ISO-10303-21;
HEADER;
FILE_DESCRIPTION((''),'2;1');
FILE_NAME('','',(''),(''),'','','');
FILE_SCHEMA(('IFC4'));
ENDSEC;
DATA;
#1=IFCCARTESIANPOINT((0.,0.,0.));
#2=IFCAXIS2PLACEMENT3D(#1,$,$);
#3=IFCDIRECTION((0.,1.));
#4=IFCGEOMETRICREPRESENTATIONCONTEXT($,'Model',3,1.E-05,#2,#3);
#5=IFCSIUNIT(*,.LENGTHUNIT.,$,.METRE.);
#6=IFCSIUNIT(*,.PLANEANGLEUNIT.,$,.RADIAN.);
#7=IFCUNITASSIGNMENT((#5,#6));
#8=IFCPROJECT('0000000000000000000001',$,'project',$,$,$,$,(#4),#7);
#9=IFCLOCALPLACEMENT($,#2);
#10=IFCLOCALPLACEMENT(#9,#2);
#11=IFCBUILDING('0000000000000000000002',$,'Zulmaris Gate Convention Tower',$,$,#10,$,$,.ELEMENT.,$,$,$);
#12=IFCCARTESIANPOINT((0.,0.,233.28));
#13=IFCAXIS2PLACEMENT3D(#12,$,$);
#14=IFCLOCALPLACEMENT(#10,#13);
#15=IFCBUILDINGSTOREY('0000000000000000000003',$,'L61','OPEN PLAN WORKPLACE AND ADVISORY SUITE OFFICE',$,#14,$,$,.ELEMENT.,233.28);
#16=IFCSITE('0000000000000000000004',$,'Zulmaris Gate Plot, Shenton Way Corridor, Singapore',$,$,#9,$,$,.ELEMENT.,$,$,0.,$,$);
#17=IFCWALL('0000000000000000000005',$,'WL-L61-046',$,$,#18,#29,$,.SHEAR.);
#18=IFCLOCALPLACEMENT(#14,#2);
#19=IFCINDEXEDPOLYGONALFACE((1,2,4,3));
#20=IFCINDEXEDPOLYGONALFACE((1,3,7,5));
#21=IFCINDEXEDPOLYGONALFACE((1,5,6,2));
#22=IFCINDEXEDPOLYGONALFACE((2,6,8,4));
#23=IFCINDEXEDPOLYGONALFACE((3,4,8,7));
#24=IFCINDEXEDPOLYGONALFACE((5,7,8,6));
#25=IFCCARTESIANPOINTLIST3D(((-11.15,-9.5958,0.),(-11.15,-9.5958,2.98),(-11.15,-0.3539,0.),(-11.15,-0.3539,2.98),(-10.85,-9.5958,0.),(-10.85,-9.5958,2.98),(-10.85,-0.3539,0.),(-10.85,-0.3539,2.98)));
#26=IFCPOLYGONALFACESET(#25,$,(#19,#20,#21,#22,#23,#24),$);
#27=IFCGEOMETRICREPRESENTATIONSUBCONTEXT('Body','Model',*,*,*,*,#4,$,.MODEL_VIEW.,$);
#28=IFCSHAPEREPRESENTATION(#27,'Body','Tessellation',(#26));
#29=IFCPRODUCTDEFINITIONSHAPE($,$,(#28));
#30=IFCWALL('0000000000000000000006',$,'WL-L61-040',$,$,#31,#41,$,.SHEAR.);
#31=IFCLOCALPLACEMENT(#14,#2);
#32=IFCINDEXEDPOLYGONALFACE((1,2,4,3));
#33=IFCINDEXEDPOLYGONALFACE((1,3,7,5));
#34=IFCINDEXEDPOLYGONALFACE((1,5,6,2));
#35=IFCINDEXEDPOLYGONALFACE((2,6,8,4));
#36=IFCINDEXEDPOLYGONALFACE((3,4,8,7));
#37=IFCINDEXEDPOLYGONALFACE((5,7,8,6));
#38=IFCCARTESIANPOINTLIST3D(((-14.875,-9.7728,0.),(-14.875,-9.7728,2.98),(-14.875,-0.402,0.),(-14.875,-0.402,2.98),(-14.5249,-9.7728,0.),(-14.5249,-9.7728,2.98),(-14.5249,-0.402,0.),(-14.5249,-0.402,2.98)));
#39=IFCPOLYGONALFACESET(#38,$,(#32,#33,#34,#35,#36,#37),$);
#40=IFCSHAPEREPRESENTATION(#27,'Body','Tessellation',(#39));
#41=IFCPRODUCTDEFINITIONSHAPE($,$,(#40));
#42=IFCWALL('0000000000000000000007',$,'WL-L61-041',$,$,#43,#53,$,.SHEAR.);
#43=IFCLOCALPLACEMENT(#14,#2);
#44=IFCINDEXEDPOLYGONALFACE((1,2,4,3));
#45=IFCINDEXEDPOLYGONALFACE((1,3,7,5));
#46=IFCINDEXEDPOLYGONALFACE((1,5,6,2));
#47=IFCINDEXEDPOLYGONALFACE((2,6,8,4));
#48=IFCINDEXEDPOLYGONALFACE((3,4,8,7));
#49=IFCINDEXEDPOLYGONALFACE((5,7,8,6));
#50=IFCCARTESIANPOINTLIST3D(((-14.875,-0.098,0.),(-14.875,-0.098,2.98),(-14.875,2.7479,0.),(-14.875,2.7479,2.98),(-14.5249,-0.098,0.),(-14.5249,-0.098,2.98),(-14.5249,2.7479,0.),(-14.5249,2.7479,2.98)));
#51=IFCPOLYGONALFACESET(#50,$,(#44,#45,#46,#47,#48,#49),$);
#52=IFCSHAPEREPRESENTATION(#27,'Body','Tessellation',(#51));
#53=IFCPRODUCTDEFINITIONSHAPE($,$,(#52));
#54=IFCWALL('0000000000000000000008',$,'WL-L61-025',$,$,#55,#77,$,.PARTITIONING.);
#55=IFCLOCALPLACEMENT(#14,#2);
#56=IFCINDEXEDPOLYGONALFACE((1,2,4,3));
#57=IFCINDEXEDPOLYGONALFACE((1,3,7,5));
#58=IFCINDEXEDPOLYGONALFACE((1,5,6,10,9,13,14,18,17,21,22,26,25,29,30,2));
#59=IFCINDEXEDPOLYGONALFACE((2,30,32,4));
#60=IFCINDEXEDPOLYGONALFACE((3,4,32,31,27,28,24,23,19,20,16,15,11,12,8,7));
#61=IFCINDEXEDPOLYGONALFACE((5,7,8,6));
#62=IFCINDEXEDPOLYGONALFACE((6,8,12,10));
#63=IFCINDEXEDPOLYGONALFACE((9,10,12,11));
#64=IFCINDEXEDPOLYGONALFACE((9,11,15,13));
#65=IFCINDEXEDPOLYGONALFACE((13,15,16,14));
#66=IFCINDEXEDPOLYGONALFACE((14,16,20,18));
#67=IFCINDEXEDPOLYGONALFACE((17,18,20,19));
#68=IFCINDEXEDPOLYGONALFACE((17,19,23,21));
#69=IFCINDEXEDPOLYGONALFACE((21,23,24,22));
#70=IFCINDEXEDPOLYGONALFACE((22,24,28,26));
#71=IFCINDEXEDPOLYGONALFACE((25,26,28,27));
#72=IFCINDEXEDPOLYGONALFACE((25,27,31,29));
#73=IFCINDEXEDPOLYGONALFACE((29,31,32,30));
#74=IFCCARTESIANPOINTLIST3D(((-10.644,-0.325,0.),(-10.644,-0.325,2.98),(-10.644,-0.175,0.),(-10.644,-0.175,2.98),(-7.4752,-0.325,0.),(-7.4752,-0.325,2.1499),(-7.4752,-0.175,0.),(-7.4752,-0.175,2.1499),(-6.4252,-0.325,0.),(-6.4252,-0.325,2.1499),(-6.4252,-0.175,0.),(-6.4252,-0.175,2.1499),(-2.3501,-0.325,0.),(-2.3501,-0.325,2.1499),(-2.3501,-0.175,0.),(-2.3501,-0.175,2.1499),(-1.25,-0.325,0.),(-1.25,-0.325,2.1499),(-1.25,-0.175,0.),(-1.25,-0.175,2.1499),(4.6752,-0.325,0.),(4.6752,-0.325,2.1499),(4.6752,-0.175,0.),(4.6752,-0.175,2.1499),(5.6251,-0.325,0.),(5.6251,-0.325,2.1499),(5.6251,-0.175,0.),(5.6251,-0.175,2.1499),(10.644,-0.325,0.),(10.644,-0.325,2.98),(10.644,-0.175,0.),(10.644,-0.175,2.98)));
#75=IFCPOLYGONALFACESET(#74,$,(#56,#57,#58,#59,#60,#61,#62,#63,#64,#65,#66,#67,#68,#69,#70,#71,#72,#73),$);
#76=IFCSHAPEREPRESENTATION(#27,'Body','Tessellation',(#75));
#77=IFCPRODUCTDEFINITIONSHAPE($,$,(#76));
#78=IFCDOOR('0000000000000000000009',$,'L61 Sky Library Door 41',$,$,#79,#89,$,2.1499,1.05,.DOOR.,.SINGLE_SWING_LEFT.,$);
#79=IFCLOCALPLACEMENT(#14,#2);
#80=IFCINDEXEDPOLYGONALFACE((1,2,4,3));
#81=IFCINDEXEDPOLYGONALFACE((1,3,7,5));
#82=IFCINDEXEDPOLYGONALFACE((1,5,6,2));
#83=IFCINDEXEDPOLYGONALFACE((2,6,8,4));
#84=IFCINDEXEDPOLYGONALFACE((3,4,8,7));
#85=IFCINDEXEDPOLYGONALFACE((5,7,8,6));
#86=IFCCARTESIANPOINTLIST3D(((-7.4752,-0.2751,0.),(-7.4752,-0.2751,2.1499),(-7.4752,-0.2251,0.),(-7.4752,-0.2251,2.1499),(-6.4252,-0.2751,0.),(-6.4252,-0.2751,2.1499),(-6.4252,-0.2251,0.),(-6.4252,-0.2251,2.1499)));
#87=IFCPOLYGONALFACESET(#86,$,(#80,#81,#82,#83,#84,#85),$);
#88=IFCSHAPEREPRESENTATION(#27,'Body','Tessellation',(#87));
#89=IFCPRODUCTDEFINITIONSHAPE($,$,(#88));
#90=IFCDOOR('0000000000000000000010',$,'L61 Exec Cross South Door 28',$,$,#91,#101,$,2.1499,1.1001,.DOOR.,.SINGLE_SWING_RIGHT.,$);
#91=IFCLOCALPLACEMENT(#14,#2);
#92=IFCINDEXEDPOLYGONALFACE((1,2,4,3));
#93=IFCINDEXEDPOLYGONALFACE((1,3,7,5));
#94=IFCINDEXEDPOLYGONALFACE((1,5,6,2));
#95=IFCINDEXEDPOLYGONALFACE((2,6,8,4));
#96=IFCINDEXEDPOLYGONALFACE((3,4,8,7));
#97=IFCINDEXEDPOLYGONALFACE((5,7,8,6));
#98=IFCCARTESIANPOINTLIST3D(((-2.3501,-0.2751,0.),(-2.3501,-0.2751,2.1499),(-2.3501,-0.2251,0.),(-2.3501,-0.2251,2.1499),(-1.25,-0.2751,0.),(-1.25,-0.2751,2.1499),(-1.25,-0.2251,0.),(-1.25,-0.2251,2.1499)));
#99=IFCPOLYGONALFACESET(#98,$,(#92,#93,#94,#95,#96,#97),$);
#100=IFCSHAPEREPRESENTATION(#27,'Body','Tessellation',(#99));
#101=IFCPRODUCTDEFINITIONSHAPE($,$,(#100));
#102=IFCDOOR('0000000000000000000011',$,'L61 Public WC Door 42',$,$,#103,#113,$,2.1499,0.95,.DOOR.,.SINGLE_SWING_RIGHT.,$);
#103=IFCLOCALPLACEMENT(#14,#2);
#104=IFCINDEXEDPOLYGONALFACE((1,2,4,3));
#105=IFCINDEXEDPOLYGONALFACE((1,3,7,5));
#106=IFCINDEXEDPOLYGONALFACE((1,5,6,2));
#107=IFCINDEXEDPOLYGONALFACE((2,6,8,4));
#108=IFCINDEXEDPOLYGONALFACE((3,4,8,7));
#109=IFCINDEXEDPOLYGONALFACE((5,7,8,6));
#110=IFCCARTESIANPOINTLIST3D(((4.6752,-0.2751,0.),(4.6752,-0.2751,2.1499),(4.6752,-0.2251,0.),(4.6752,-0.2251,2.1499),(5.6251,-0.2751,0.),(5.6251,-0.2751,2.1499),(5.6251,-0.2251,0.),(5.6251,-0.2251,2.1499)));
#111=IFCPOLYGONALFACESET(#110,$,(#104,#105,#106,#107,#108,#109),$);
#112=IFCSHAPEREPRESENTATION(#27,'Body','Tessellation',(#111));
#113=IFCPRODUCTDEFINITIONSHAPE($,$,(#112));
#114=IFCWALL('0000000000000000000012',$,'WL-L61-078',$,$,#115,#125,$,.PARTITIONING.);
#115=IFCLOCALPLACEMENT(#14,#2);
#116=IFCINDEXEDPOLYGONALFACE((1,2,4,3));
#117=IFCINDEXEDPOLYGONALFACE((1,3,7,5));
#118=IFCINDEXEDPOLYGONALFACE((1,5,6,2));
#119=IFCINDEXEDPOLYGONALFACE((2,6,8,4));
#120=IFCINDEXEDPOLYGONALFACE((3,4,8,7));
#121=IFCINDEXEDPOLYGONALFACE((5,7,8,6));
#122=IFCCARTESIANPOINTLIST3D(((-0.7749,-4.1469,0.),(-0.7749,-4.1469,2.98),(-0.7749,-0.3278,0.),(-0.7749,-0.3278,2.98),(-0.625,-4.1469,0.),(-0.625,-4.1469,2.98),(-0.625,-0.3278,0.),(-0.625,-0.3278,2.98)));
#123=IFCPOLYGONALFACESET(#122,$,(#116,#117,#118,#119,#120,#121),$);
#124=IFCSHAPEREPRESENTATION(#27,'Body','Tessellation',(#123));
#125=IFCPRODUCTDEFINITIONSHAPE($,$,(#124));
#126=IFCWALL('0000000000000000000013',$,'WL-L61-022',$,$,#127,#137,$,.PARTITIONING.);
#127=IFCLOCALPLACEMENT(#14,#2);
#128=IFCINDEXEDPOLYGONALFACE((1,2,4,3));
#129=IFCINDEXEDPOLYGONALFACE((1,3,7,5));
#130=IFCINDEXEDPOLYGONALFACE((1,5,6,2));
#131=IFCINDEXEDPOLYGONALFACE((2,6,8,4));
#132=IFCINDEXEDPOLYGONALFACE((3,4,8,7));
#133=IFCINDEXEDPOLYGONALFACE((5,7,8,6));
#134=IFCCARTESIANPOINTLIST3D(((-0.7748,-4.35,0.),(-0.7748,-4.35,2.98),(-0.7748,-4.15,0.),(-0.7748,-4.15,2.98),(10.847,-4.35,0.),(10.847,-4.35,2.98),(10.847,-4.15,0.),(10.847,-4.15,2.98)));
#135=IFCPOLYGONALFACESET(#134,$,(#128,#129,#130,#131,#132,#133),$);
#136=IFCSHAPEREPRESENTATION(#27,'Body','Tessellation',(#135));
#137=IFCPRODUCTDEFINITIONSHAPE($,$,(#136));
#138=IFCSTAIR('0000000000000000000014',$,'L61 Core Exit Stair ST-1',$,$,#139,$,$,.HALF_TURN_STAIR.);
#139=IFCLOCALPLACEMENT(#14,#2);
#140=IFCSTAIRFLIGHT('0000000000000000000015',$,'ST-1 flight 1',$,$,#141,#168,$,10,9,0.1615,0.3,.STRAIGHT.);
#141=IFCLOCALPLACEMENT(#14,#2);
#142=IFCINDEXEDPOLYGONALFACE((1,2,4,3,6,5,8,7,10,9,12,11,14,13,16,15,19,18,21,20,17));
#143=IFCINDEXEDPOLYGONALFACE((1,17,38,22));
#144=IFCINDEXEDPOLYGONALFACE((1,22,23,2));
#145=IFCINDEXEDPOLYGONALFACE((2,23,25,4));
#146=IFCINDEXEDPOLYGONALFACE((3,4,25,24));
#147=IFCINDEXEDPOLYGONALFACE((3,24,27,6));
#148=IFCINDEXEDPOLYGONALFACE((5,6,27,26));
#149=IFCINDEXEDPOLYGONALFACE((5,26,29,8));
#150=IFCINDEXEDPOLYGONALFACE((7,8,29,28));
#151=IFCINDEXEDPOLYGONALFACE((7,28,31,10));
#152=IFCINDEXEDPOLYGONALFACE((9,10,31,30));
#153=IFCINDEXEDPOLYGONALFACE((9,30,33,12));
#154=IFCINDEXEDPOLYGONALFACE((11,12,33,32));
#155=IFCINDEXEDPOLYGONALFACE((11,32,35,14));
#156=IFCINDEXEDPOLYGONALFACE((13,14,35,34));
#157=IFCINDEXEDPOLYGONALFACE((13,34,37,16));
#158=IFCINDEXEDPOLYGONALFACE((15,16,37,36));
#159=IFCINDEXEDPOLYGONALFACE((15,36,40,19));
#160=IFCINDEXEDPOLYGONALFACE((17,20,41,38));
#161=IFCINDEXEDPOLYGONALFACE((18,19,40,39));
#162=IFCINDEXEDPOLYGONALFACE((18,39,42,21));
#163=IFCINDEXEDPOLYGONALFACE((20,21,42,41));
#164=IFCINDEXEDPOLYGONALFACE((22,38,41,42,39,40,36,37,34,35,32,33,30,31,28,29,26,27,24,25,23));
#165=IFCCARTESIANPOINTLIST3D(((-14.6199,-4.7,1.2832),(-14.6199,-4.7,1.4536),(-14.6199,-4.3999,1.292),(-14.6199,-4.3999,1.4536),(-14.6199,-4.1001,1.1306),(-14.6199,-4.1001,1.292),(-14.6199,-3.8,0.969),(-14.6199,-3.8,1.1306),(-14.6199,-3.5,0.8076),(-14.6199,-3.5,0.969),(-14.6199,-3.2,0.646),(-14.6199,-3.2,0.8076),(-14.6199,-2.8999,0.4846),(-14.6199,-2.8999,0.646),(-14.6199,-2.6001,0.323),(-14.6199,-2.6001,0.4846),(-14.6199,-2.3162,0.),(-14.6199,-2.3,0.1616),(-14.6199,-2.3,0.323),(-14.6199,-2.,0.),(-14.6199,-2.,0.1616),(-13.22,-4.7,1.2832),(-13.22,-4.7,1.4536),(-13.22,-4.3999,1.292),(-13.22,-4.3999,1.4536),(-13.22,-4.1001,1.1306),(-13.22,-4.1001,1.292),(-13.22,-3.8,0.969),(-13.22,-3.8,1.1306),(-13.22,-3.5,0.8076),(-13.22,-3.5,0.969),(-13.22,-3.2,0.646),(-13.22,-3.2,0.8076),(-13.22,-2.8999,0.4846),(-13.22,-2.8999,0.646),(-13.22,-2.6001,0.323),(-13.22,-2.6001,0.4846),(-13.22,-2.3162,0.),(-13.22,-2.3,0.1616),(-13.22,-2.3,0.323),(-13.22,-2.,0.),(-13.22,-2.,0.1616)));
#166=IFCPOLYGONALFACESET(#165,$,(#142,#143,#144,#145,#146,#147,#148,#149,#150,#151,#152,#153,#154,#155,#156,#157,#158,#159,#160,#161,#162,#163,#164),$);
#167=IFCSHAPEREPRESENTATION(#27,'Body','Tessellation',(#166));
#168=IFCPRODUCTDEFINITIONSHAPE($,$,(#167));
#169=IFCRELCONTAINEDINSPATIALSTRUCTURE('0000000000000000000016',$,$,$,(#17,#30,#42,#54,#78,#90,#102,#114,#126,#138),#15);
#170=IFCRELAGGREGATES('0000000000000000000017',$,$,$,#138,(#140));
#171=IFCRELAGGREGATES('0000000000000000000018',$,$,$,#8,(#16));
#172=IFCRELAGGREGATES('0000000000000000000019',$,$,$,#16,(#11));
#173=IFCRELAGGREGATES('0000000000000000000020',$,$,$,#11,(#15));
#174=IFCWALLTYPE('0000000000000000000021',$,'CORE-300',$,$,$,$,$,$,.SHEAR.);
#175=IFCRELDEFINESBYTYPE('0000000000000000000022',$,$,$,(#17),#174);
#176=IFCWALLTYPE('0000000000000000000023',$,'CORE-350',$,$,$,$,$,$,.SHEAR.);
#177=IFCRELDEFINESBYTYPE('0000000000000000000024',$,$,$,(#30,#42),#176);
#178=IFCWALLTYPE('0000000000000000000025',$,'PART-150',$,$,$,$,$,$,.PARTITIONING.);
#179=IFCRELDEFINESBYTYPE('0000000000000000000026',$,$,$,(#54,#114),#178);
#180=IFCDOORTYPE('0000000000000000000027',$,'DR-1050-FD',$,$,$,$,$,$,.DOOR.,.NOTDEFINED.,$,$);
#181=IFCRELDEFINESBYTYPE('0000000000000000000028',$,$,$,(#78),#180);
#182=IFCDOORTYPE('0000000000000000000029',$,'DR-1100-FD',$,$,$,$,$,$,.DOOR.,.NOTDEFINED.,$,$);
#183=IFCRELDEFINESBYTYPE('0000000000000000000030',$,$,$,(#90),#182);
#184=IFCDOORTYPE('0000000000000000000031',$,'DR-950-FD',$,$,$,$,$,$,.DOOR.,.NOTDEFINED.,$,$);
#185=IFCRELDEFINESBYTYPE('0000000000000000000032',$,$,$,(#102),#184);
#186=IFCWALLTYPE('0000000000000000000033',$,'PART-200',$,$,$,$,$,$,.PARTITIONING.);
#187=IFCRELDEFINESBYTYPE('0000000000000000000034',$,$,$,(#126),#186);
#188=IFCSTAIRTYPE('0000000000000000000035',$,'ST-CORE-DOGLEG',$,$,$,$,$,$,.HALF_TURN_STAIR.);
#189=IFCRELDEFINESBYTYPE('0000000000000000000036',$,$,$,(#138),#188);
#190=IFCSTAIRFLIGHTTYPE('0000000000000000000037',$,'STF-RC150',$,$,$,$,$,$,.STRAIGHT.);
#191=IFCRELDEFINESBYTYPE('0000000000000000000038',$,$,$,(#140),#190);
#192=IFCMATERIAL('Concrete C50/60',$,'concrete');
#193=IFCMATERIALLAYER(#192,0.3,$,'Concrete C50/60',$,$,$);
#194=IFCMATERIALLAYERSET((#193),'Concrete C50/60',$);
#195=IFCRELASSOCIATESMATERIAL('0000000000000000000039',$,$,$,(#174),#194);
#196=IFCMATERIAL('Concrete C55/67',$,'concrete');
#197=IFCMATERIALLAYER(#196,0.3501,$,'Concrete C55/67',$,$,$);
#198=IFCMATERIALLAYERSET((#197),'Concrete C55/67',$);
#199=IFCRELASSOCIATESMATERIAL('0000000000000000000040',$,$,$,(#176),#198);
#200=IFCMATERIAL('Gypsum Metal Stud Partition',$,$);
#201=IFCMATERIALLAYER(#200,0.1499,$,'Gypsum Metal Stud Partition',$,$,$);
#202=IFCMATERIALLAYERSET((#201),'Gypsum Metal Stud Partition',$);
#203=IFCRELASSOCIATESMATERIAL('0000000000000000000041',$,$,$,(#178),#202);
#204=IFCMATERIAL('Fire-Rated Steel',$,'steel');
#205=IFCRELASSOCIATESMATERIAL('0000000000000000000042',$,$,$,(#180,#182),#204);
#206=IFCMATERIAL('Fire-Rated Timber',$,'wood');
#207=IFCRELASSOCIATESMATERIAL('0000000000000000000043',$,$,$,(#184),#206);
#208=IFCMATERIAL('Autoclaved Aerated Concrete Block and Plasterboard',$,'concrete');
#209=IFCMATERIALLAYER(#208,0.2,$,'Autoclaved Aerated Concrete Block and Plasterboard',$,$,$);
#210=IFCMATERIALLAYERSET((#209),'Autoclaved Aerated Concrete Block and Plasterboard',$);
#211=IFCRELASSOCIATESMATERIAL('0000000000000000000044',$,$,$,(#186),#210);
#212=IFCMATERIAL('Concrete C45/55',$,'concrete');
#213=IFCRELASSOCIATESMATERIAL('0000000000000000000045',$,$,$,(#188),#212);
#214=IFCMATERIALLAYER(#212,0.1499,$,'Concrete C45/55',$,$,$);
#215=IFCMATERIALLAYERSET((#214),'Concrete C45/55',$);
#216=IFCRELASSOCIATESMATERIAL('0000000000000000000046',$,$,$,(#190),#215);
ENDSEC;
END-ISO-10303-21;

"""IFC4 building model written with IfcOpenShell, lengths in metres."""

from ifc_helpers import new_model, si_unit, direction, frame, frame_2d, origin, place, context, subcontext, project, spatial, polyline, rectangle, outline, extrude, material, layer, layer_set, type_object, element, fill, aggregate, save


model = new_model("IFC4")

# Units and contexts
model_context = context("Model", 3, precision=1e-05, world=origin(), true_north=direction((0.0, 1.0)))
body_context = subcontext(model_context, "Body", "Model", "MODEL_VIEW")
ifc_project = project(units=[si_unit("LENGTHUNIT", "METRE"), si_unit("PLANEANGLEUNIT", "RADIAN")], contexts=[model_context])

# Site, building, storey
site_placement = place(None, origin())
site = spatial("IfcSite", under=ifc_project, at=site_placement, Name="Zulmaris Gate Plot, Shenton Way Corridor, Singapore", CompositionType="ELEMENT", RefElevation=0.0)
building_placement = place(site_placement, origin())
building = spatial("IfcBuilding", under=site, at=building_placement, Name="Zulmaris Gate Convention Tower", CompositionType="ELEMENT")
storey_placement = place(building_placement, frame((0.0, 0.0, 233.28)))
storey = spatial("IfcBuildingStorey", under=building, at=storey_placement, Name="L61", Description="OPEN PLAN WORKPLACE AND ADVISORY SUITE OFFICE", CompositionType="ELEMENT", Elevation=233.28)

# Shared definitions
ifc_material_1 = material(Name="Concrete C50/60", Category="concrete")

# Walls
ifc_layer_1 = layer(ifc_material_1, 0.3, Name="Concrete C50/60")
ifc_layer_set_1 = layer_set([ifc_layer_1], Name="Concrete C50/60")
wall_type_1 = type_object("IfcWallType", Name="CORE-300", PredefinedType="SHEAR", material=ifc_layer_set_1)
wall_1_placement = place(storey_placement, frame((-11.0, -9.5959, 0.0), z_axis=(0.0, 0.0, 1.0), x_axis=(0.0, 1.0, 0.0)))
element("IfcWall", 1, at=wall_1_placement, inside=storey, type_object=wall_type_1, Name="WL-L61-046", PredefinedType="SHEAR", context=body_context, shape_type="SweptSolid", body=[
    extrude(rectangle(XDim=9.2419, YDim=0.3, at=frame_2d((4.6211, 0.0))), origin(), (0.0, 0.0, 1.0), 2.98),
])
ifc_material_2 = material(Name="Concrete C55/67", Category="concrete")
ifc_layer_2 = layer(ifc_material_2, 0.3501, Name="Concrete C55/67")
ifc_layer_set_2 = layer_set([ifc_layer_2], Name="Concrete C55/67")
wall_type_2 = type_object("IfcWallType", Name="CORE-350", PredefinedType="SHEAR", material=ifc_layer_set_2)
wall_2_placement = place(storey_placement, frame((-14.7, -9.7729, 0.0), z_axis=(0.0, 0.0, 1.0), x_axis=(0.0, 1.0, 0.0)))
element("IfcWall", 2, at=wall_2_placement, inside=storey, type_object=wall_type_2, Name="WL-L61-040", PredefinedType="SHEAR", context=body_context, shape_type="SweptSolid", body=[
    extrude(rectangle(XDim=9.3708, YDim=0.3501, at=frame_2d((4.6855, 0.0))), origin(), (0.0, 0.0, 1.0), 2.98),
])
wall_3_placement = place(storey_placement, frame((-14.7, -0.0979, 0.0), z_axis=(0.0, 0.0, 1.0), x_axis=(0.0, 1.0, 0.0)))
element("IfcWall", 3, at=wall_3_placement, inside=storey, type_object=wall_type_2, Name="WL-L61-041", PredefinedType="SHEAR", context=body_context, shape_type="SweptSolid", body=[
    extrude(rectangle(XDim=2.8459, YDim=0.3501, at=frame_2d((1.4229, 0.0))), origin(), (0.0, 0.0, 1.0), 2.98),
])

# Wall, openings, doors
ifc_material_3 = material(Name="Gypsum Metal Stud Partition")
ifc_layer_3 = layer(ifc_material_3, 0.1499, Name="Gypsum Metal Stud Partition")
ifc_layer_set_3 = layer_set([ifc_layer_3], Name="Gypsum Metal Stud Partition")
wall_type_3 = type_object("IfcWallType", Name="PART-150", PredefinedType="PARTITIONING", material=ifc_layer_set_3)
wall_4_placement = place(storey_placement, frame((-10.644, -0.25, 0.0), z_axis=(0.0, 0.0, 1.0), x_axis=(1.0, 0.0, 0.0)))
wall_4 = element("IfcWall", 4, at=wall_4_placement, inside=storey, type_object=wall_type_3, Name="WL-L61-025", PredefinedType="PARTITIONING", context=body_context, shape_type="SweptSolid", body=[
    extrude(rectangle(XDim=21.2881, YDim=0.1499, at=frame_2d((10.644, 0.0))), origin(), (0.0, 0.0, 1.0), 2.98),
])
opening_1_placement = place(wall_4_placement, frame((8.2939, 0.0, 0.0)))
opening_1 = element("IfcOpeningElement", 5, at=opening_1_placement, cuts=wall_4, PredefinedType="OPENING", context=body_context, shape_type="SweptSolid", body=[
    extrude(rectangle(XDim=1.1001, YDim=2.1499, at=frame_2d((0.55, 1.075))), frame((0.0, 0.085, 0.0), z_axis=(0.0, -1.0, 0.0), x_axis=(1.0, 0.0, 0.0)), (0.0, 0.0, 1.0), 0.1699),
])
opening_2_placement = place(wall_4_placement, frame((3.1689, 0.0, 0.0)))
opening_2 = element("IfcOpeningElement", 6, at=opening_2_placement, cuts=wall_4, PredefinedType="OPENING", context=body_context, shape_type="SweptSolid", body=[
    extrude(rectangle(XDim=1.05, YDim=2.1499, at=frame_2d((0.5249, 1.075))), frame((0.0, 0.085, 0.0), z_axis=(0.0, -1.0, 0.0), x_axis=(1.0, 0.0, 0.0)), (0.0, 0.0, 1.0), 0.1699),
])
opening_3_placement = place(wall_4_placement, frame((15.3191, 0.0, 0.0)))
opening_3 = element("IfcOpeningElement", 7, at=opening_3_placement, cuts=wall_4, PredefinedType="OPENING", context=body_context, shape_type="SweptSolid", body=[
    extrude(rectangle(XDim=0.95, YDim=2.1499, at=frame_2d((0.4751, 1.075))), frame((0.0, 0.085, 0.0), z_axis=(0.0, -1.0, 0.0), x_axis=(1.0, 0.0, 0.0)), (0.0, 0.0, 1.0), 0.1699),
])
ifc_material_4 = material(Name="Fire-Rated Steel", Category="steel")
door_type_1 = type_object("IfcDoorType", Name="DR-1050-FD", OperationType="NOTDEFINED", PredefinedType="DOOR", material=ifc_material_4)
door_1_placement = place(opening_2_placement, origin())
door_1 = element("IfcDoor", 8, at=door_1_placement, inside=storey, type_object=door_type_1, Name="L61 Sky Library Door 41", OperationType="SINGLE_SWING_LEFT", OverallHeight=2.1499, OverallWidth=1.05, PredefinedType="DOOR", context=body_context, shape_type="SweptSolid", body=[
    extrude(rectangle(XDim=1.05, YDim=2.1499, at=frame_2d((0.5249, 1.075))), frame((0.0, 0.0249, 0.0), z_axis=(0.0, -1.0, 0.0), x_axis=(1.0, 0.0, 0.0)), (0.0, 0.0, 1.0), 0.05),
])
fill(opening_2, door_1)
door_type_2 = type_object("IfcDoorType", Name="DR-1100-FD", OperationType="NOTDEFINED", PredefinedType="DOOR", material=ifc_material_4)
door_2_placement = place(opening_1_placement, origin())
door_2 = element("IfcDoor", 9, at=door_2_placement, inside=storey, type_object=door_type_2, Name="L61 Exec Cross South Door 28", OperationType="SINGLE_SWING_RIGHT", OverallHeight=2.1499, OverallWidth=1.1001, PredefinedType="DOOR", context=body_context, shape_type="SweptSolid", body=[
    extrude(rectangle(XDim=1.1001, YDim=2.1499, at=frame_2d((0.55, 1.075))), frame((0.0, 0.0249, 0.0), z_axis=(0.0, -1.0, 0.0), x_axis=(1.0, 0.0, 0.0)), (0.0, 0.0, 1.0), 0.05),
])
fill(opening_1, door_2)
ifc_material_5 = material(Name="Fire-Rated Timber", Category="wood")
door_type_3 = type_object("IfcDoorType", Name="DR-950-FD", OperationType="NOTDEFINED", PredefinedType="DOOR", material=ifc_material_5)
door_3_placement = place(opening_3_placement, origin())
door_3 = element("IfcDoor", 10, at=door_3_placement, inside=storey, type_object=door_type_3, Name="L61 Public WC Door 42", OperationType="SINGLE_SWING_RIGHT", OverallHeight=2.1499, OverallWidth=0.95, PredefinedType="DOOR", context=body_context, shape_type="SweptSolid", body=[
    extrude(rectangle(XDim=0.95, YDim=2.1499, at=frame_2d((0.4751, 1.075))), frame((0.0, 0.0249, 0.0), z_axis=(0.0, -1.0, 0.0), x_axis=(1.0, 0.0, 0.0)), (0.0, 0.0, 1.0), 0.05),
])
fill(opening_3, door_3)

# Walls
wall_5_placement = place(storey_placement, frame((-0.7, -4.147, 0.0), z_axis=(0.0, 0.0, 1.0), x_axis=(0.0, 1.0, 0.0)))
element("IfcWall", 11, at=wall_5_placement, inside=storey, type_object=wall_type_3, Name="WL-L61-078", PredefinedType="PARTITIONING", context=body_context, shape_type="SweptSolid", body=[
    extrude(rectangle(XDim=3.8191, YDim=0.1499, at=frame_2d((1.9097, 0.0))), origin(), (0.0, 0.0, 1.0), 2.98),
])
ifc_material_6 = material(Name="Autoclaved Aerated Concrete Block and Plasterboard", Category="concrete")
ifc_layer_4 = layer(ifc_material_6, 0.2, Name="Autoclaved Aerated Concrete Block and Plasterboard")
ifc_layer_set_4 = layer_set([ifc_layer_4], Name="Autoclaved Aerated Concrete Block and Plasterboard")
wall_type_4 = type_object("IfcWallType", Name="PART-200", PredefinedType="PARTITIONING", material=ifc_layer_set_4)
wall_6_placement = place(storey_placement, frame((-0.7749, -4.25, 0.0), z_axis=(0.0, 0.0, 1.0), x_axis=(1.0, 0.0, 0.0)))
element("IfcWall", 12, at=wall_6_placement, inside=storey, type_object=wall_type_4, Name="WL-L61-022", PredefinedType="PARTITIONING", context=body_context, shape_type="SweptSolid", body=[
    extrude(rectangle(XDim=11.6218, YDim=0.2, at=frame_2d((5.811, 0.0))), origin(), (0.0, 0.0, 1.0), 2.98),
])

# Stair, stair flight
ifc_material_7 = material(Name="Concrete C45/55", Category="concrete")
stair_type = type_object("IfcStairType", Name="ST-CORE-DOGLEG", PredefinedType="HALF_TURN_STAIR", material=ifc_material_7)
stair_1_placement = place(storey_placement, origin())
stair_1 = element("IfcStair", 13, at=stair_1_placement, inside=storey, type_object=stair_type, Name="L61 Core Exit Stair ST-1", PredefinedType="HALF_TURN_STAIR")
ifc_layer_5 = layer(ifc_material_7, 0.1499, Name="Concrete C45/55")
ifc_layer_set_5 = layer_set([ifc_layer_5], Name="Concrete C45/55")
stair_flight_type = type_object("IfcStairFlightType", Name="STF-RC150", PredefinedType="STRAIGHT", material=ifc_layer_set_5)
stair_flight_1_placement = place(storey_placement, frame((-13.9199, -2.0, 0.0), z_axis=(0.0, 0.0, 1.0), x_axis=(0.0, -1.0, 0.0)))
stair_flight_1 = element("IfcStairFlight", 14, at=stair_flight_1_placement, type_object=stair_flight_type, Name="ST-1 flight 1", NumberOfRisers=10, NumberOfTreads=9, PredefinedType="STRAIGHT", RiserHeight=0.1615, TreadLength=0.3, context=body_context, shape_type="SweptSolid", body=[
    extrude(outline(polyline([(0.0, 0.0), (0.0, 0.1616), (0.3, 0.1616), (0.3, 0.323), (0.6001, 0.323), (0.6001, 0.4846), (0.8999, 0.4846), (0.8999, 0.646), (1.2, 0.646), (1.2, 0.8076), (1.5, 0.8076), (1.5, 0.969), (1.8, 0.969), (1.8, 1.1306), (2.1001, 1.1306), (2.1001, 1.292), (2.3999, 1.292), (2.3999, 1.4536), (2.7, 1.4536), (2.7, 1.615), (2.7, 1.2832), (0.3162, 0.0), (0.0, 0.0)])), frame((0.0, 0.7, 0.0), z_axis=(0.0, -1.0, 0.0), x_axis=(1.0, 0.0, 0.0)), (0.0, 0.0, 1.0), 1.3999),
])
aggregate(stair_1, [stair_flight_1])

save(model, "model.ifc")
